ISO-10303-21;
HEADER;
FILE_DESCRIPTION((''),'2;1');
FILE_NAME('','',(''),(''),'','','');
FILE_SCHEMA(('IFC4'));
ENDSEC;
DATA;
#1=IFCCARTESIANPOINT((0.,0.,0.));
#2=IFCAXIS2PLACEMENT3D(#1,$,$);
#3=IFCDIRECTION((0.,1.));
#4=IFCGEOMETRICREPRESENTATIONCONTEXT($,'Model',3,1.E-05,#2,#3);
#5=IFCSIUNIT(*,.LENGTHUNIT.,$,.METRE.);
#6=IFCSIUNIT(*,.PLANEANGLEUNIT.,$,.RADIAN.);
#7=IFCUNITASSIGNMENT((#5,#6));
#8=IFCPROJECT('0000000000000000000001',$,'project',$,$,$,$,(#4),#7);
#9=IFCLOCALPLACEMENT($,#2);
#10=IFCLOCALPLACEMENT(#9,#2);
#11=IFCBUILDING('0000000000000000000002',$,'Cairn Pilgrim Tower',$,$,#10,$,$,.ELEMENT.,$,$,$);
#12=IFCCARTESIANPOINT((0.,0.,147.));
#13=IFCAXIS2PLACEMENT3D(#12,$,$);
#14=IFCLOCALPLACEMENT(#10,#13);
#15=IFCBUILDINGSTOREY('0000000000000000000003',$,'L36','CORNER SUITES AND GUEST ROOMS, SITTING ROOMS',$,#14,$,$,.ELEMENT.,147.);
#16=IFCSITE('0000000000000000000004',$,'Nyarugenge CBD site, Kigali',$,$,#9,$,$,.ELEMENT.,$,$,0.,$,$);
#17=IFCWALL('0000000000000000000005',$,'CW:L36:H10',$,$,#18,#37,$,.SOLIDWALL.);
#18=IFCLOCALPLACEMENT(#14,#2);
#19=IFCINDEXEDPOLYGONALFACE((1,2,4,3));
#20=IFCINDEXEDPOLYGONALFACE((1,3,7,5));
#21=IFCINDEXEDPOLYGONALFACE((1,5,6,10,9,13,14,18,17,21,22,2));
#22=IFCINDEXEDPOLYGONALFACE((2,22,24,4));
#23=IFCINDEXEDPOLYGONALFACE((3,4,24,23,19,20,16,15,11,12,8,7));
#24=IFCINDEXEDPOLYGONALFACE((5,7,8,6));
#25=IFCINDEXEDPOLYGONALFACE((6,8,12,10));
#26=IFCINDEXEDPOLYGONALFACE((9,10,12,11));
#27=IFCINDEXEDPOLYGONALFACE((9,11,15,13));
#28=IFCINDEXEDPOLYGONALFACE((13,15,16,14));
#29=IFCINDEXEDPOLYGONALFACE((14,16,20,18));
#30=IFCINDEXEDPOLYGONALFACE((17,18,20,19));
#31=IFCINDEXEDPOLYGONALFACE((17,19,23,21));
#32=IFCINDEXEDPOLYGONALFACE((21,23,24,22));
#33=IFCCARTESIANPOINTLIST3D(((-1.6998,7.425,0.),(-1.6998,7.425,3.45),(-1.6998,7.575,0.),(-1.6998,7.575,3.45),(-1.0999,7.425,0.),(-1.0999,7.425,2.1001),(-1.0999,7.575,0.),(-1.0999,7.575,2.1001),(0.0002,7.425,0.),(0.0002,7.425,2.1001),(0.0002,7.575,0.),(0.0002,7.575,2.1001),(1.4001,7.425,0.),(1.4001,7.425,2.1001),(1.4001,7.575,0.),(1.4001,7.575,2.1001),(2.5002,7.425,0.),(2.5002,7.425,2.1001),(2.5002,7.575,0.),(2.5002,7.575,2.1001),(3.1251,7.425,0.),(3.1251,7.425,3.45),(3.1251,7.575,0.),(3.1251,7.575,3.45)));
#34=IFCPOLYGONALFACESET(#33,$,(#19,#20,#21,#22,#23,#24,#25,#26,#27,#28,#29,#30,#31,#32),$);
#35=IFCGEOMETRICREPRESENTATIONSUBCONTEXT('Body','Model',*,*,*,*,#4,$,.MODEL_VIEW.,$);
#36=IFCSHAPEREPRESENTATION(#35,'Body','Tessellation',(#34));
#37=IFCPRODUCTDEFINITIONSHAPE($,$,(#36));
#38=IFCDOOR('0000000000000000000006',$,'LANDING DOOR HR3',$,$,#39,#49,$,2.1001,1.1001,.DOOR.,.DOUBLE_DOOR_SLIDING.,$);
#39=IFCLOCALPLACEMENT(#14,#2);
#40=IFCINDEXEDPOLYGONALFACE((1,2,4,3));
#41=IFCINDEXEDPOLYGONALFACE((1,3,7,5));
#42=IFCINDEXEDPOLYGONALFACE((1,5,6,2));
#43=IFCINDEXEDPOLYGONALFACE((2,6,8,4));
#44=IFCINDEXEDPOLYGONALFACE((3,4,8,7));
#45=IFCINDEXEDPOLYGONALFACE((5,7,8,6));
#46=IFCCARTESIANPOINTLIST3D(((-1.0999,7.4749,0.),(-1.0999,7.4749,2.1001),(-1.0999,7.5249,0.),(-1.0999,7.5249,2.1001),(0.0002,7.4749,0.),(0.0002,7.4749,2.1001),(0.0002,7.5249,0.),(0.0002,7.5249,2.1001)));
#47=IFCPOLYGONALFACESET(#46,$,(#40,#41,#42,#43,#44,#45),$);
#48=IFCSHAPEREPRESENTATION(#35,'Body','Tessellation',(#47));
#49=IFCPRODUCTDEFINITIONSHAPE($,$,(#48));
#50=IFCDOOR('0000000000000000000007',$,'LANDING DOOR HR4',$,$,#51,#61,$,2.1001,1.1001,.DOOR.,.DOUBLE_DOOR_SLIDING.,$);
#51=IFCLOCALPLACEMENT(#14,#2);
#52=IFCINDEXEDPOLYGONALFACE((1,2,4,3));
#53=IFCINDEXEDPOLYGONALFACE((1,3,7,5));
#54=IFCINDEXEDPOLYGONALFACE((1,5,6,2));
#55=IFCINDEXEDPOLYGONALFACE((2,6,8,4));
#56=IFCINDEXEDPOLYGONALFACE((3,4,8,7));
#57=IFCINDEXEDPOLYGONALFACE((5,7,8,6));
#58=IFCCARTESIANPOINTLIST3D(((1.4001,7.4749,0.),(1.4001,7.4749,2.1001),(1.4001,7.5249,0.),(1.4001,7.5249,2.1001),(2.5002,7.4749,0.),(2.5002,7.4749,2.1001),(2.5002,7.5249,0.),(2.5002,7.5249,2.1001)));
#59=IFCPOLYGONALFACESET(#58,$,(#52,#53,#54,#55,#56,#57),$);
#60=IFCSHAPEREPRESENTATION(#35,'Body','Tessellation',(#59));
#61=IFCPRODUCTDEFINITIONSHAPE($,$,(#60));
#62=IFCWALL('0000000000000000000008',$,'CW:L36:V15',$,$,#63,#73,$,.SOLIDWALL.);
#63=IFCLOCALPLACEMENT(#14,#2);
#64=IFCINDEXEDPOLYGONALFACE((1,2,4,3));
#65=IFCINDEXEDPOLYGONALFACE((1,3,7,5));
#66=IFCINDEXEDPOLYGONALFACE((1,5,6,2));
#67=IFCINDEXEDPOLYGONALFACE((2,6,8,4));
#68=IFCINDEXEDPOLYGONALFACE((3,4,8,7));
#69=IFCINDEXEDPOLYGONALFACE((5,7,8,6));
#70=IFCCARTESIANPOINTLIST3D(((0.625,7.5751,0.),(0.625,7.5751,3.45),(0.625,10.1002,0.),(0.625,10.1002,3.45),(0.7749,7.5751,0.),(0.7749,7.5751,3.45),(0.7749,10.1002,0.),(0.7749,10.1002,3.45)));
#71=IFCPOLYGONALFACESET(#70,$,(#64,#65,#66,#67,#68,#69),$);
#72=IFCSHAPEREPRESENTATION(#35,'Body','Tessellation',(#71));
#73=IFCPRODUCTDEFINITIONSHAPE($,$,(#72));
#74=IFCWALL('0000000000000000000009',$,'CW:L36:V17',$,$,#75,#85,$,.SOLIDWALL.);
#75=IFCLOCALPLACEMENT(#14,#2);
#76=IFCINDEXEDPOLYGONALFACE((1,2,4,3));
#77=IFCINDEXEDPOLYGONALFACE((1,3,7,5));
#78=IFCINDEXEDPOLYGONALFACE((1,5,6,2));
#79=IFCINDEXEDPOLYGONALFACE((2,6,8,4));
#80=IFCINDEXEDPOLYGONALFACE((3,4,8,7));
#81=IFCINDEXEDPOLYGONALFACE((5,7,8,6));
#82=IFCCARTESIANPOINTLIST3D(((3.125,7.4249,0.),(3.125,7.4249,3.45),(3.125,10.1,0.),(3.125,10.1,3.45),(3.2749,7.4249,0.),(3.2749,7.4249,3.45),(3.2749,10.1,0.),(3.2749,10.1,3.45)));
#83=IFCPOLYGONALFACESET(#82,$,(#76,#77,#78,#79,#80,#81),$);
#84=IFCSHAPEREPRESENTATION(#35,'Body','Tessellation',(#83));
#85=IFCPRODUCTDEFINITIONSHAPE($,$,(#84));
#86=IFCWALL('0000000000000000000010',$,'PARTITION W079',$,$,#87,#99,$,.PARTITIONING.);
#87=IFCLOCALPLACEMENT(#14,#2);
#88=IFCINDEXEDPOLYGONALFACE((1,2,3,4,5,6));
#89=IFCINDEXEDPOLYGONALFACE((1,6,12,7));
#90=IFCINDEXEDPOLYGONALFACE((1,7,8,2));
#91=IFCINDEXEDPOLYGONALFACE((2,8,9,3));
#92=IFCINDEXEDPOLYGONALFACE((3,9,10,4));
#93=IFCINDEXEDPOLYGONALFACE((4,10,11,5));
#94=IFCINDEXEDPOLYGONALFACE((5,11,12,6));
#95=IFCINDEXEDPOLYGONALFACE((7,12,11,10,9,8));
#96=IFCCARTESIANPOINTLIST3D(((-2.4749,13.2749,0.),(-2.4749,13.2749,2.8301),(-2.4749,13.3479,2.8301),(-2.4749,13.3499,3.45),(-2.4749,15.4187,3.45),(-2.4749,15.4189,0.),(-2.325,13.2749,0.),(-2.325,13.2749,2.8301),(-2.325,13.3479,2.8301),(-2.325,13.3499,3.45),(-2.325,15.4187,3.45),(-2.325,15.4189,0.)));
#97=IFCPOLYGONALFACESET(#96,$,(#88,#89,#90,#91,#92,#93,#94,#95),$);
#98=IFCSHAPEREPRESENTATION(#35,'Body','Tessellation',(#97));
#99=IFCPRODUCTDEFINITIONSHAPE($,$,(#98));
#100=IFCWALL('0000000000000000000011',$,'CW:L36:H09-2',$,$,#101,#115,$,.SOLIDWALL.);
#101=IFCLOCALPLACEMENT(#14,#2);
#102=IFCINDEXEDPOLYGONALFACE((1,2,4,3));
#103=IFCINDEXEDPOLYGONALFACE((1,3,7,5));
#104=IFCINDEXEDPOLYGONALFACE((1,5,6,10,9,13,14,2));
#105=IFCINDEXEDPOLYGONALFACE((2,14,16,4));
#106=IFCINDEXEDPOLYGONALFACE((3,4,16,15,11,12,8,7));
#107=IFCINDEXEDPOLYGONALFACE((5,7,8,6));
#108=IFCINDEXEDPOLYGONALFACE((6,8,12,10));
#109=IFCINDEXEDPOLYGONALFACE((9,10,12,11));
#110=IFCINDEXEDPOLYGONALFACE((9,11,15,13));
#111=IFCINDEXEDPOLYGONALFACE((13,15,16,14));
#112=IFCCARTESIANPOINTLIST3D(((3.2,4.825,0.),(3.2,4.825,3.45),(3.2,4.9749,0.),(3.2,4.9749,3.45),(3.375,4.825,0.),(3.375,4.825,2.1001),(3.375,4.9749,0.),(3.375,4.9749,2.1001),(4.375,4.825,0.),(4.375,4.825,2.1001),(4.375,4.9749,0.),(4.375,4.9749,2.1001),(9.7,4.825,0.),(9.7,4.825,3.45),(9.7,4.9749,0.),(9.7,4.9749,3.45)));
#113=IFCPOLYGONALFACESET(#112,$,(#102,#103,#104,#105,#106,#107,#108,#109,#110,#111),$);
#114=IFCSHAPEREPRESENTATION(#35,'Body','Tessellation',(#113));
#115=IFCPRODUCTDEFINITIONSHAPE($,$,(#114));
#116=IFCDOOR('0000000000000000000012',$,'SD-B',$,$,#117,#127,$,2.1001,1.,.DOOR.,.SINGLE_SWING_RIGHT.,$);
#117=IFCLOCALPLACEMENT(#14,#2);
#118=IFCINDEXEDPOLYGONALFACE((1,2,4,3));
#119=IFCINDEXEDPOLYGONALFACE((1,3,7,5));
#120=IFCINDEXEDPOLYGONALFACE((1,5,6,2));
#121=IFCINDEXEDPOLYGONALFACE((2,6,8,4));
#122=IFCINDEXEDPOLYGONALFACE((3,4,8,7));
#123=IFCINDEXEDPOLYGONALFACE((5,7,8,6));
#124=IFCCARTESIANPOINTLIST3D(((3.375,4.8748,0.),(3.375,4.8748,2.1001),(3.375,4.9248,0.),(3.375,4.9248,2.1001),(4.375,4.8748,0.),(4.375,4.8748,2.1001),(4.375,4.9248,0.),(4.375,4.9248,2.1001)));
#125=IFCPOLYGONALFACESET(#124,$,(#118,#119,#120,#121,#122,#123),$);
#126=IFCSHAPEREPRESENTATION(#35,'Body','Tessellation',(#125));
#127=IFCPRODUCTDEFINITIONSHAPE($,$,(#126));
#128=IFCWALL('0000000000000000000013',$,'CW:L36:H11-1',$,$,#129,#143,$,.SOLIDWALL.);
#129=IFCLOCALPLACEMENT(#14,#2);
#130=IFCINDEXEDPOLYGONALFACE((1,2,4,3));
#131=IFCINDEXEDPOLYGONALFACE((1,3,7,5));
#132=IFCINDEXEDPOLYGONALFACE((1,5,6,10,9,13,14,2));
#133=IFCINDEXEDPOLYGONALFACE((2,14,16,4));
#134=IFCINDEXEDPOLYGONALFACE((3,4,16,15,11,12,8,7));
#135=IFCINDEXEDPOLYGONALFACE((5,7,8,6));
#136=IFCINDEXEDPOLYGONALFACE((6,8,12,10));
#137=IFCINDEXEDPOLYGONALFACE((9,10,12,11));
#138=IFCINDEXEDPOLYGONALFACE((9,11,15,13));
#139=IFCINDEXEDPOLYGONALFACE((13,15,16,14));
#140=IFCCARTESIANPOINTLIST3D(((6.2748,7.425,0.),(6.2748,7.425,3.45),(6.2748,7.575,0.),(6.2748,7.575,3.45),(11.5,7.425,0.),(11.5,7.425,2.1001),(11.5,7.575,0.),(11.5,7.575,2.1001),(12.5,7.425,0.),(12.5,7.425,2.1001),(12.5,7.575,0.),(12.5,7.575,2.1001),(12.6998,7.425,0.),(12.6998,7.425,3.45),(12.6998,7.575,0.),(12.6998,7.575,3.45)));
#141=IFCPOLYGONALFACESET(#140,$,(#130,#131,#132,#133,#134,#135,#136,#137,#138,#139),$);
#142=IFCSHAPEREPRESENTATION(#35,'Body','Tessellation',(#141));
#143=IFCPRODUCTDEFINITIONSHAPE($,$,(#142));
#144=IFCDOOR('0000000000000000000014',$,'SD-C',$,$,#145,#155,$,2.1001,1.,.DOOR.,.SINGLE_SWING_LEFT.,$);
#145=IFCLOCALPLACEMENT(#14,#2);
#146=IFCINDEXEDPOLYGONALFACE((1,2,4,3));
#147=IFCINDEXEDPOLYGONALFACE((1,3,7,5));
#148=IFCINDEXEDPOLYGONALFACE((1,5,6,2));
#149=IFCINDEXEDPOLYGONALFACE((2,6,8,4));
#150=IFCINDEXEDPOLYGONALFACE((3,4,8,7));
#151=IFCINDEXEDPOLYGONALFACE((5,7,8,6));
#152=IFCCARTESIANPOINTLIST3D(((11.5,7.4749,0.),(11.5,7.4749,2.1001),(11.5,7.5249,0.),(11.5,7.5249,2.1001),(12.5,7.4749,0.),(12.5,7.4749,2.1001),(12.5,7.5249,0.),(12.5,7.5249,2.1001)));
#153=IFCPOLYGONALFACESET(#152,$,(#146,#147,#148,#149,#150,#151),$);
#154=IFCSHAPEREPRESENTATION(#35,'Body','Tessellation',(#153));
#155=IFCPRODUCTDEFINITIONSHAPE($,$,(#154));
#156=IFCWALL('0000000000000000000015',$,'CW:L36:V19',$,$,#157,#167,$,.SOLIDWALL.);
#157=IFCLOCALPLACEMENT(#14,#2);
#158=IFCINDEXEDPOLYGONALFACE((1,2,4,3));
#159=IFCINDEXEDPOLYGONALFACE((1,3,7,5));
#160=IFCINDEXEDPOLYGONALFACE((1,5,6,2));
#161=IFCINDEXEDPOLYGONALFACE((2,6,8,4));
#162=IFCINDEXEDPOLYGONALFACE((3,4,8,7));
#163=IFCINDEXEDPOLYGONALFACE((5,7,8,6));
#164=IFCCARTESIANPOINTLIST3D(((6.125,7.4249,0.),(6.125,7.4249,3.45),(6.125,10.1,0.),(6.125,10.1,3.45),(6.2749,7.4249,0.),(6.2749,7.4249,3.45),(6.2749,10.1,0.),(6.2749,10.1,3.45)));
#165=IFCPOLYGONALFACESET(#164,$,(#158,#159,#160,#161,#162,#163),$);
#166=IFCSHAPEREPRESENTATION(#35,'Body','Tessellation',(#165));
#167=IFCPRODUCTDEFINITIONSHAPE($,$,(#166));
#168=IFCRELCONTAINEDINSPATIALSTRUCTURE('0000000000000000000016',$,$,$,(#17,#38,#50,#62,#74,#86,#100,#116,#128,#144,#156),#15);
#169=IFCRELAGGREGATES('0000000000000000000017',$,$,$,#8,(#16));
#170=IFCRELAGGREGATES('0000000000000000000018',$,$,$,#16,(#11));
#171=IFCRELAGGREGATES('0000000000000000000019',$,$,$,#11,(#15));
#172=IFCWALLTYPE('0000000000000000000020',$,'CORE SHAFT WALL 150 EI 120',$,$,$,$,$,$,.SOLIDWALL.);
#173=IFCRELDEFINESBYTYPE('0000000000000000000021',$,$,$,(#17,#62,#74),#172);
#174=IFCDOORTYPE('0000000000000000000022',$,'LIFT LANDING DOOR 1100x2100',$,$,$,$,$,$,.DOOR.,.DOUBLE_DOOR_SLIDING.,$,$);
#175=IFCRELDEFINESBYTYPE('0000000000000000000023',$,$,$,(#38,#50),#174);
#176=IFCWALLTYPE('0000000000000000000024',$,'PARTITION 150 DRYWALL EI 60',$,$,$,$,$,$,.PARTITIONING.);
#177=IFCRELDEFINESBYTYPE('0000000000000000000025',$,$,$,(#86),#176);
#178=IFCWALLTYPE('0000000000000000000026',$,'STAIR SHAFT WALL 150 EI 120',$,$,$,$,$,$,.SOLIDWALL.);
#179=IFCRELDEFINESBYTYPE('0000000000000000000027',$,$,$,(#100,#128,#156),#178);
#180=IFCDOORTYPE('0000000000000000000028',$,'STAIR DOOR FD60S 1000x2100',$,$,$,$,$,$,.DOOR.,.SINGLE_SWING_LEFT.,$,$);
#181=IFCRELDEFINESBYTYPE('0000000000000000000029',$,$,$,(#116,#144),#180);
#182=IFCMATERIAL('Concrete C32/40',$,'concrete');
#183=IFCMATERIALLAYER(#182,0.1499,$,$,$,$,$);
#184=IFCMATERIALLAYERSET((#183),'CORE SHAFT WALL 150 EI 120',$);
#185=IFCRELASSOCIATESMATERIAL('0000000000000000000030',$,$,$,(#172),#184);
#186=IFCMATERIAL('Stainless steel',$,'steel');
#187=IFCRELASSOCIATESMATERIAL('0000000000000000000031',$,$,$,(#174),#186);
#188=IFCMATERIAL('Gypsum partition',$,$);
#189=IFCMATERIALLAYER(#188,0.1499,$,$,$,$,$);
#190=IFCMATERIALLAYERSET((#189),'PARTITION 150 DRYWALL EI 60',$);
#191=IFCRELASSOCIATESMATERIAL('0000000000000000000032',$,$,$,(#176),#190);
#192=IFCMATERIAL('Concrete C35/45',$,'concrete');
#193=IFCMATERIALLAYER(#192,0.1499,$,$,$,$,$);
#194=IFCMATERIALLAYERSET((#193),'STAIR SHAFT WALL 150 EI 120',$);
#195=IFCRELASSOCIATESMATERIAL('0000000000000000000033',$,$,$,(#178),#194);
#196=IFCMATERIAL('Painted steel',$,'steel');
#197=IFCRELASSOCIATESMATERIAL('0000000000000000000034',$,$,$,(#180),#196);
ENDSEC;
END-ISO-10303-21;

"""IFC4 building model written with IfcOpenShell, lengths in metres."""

from ifc_helpers import new_model, si_unit, direction, frame, frame_2d, origin, place, context, subcontext, project, spatial, polyline, rectangle, outline, extrude, material, layer, layer_set, type_object, element, fill, save


model = new_model("IFC4")

# Units and contexts
model_context = context("Model", 3, precision=1e-05, world=origin(), true_north=direction((0.0, 1.0)))
body_context = subcontext(model_context, "Body", "Model", "MODEL_VIEW")
ifc_project = project(units=[si_unit("LENGTHUNIT", "METRE"), si_unit("PLANEANGLEUNIT", "RADIAN")], contexts=[model_context])

# Site, building, storey
site_placement = place(None, origin())
site = spatial("IfcSite", under=ifc_project, at=site_placement, Name="Nyarugenge CBD site, Kigali", CompositionType="ELEMENT", RefElevation=0.0)
building_placement = place(site_placement, origin())
building = spatial("IfcBuilding", under=site, at=building_placement, Name="Cairn Pilgrim Tower", CompositionType="ELEMENT")
storey_placement = place(building_placement, frame((0.0, 0.0, 147.0)))
storey = spatial("IfcBuildingStorey", under=building, at=storey_placement, Name="L36", Description="CORNER SUITES AND GUEST ROOMS, SITTING ROOMS", CompositionType="ELEMENT", Elevation=147.0)

# Shared definitions
ifc_material_1 = material(Name="Concrete C32/40", Category="concrete")

# Wall, openings, doors
ifc_layer_1 = layer(ifc_material_1, 0.1499)
ifc_layer_set_1 = layer_set([ifc_layer_1], Name="CORE SHAFT WALL 150 EI 120")
wall_type_1 = type_object("IfcWallType", Name="CORE SHAFT WALL 150 EI 120", PredefinedType="SOLIDWALL", material=ifc_layer_set_1)
ifc_material_2 = material(Name="Stainless steel", Category="steel")
door_type_1 = type_object("IfcDoorType", Name="LIFT LANDING DOOR 1100x2100", OperationType="DOUBLE_DOOR_SLIDING", PredefinedType="DOOR", material=ifc_material_2)
wall_1_placement = place(storey_placement, frame((-1.7, 7.5, 0.0), z_axis=(0.0, 0.0, 1.0), x_axis=(1.0, 0.0, 0.0)))
wall_1 = element("IfcWall", 1, at=wall_1_placement, inside=storey, type_object=wall_type_1, Name="CW:L36:H10", PredefinedType="SOLIDWALL", context=body_context, shape_type="SweptSolid", body=[
    extrude(rectangle(XDim=4.825, YDim=0.1499, at=frame_2d((2.4126, 0.0))), origin(), (0.0, 0.0, 1.0), 3.45),
])
opening_1_placement = place(wall_1_placement, frame((0.6001, 0.0, 0.0)))
opening_1 = element("IfcOpeningElement", 2, at=opening_1_placement, cuts=wall_1, PredefinedType="OPENING", context=body_context, shape_type="SweptSolid", body=[
    extrude(rectangle(XDim=1.1001, YDim=2.1001, at=frame_2d((0.55, 1.05))), frame((0.0, 0.085, 0.0), z_axis=(0.0, -1.0, 0.0), x_axis=(1.0, 0.0, 0.0)), (0.0, 0.0, 1.0), 0.1699),
])
opening_2_placement = place(wall_1_placement, frame((3.1001, 0.0, 0.0)))
opening_2 = element("IfcOpeningElement", 3, at=opening_2_placement, cuts=wall_1, PredefinedType="OPENING", context=body_context, shape_type="SweptSolid", body=[
    extrude(rectangle(XDim=1.1001, YDim=2.1001, at=frame_2d((0.55, 1.05))), frame((0.0, 0.085, 0.0), z_axis=(0.0, -1.0, 0.0), x_axis=(1.0, 0.0, 0.0)), (0.0, 0.0, 1.0), 0.1699),
])
door_1_placement = place(opening_1_placement, origin())
door_1 = element("IfcDoor", 4, at=door_1_placement, inside=storey, type_object=door_type_1, Name="LANDING DOOR HR3", OperationType="DOUBLE_DOOR_SLIDING", OverallHeight=2.1001, OverallWidth=1.1001, PredefinedType="DOOR", context=body_context, shape_type="SweptSolid", body=[
    extrude(rectangle(XDim=1.1001, YDim=2.1001, at=frame_2d((0.55, 1.05))), frame((0.0, 0.0249, 0.0), z_axis=(0.0, -1.0, 0.0), x_axis=(1.0, 0.0, 0.0)), (0.0, 0.0, 1.0), 0.05),
])
fill(opening_1, door_1)
door_2_placement = place(opening_2_placement, origin())
door_2 = element("IfcDoor", 5, at=door_2_placement, inside=storey, type_object=door_type_1, Name="LANDING DOOR HR4", OperationType="DOUBLE_DOOR_SLIDING", OverallHeight=2.1001, OverallWidth=1.1001, PredefinedType="DOOR", context=body_context, shape_type="SweptSolid", body=[
    extrude(rectangle(XDim=1.1001, YDim=2.1001, at=frame_2d((0.55, 1.05))), frame((0.0, 0.0249, 0.0), z_axis=(0.0, -1.0, 0.0), x_axis=(1.0, 0.0, 0.0)), (0.0, 0.0, 1.0), 0.05),
])
fill(opening_2, door_2)

# Walls
wall_2_placement = place(storey_placement, frame((0.7, 7.575, 0.0), z_axis=(0.0, 0.0, 1.0), x_axis=(0.0, 1.0, 0.0)))
element("IfcWall", 6, at=wall_2_placement, inside=storey, type_object=wall_type_1, Name="CW:L36:V15", PredefinedType="SOLIDWALL", context=body_context, shape_type="SweptSolid", body=[
    extrude(rectangle(XDim=2.5251, YDim=0.1499, at=frame_2d((1.2627, 0.0))), origin(), (0.0, 0.0, 1.0), 3.45),
])
wall_3_placement = place(storey_placement, frame((3.2, 7.425, 0.0), z_axis=(0.0, 0.0, 1.0), x_axis=(0.0, 1.0, 0.0)))
element("IfcWall", 7, at=wall_3_placement, inside=storey, type_object=wall_type_1, Name="CW:L36:V17", PredefinedType="SOLIDWALL", context=body_context, shape_type="SweptSolid", body=[
    extrude(rectangle(XDim=2.675, YDim=0.1499, at=frame_2d((1.3374, 0.0))), origin(), (0.0, 0.0, 1.0), 3.45),
])
ifc_material_3 = material(Name="Gypsum partition")
ifc_layer_2 = layer(ifc_material_3, 0.1499)
ifc_layer_set_2 = layer_set([ifc_layer_2], Name="PARTITION 150 DRYWALL EI 60")
wall_type_2 = type_object("IfcWallType", Name="PARTITION 150 DRYWALL EI 60", PredefinedType="PARTITIONING", material=ifc_layer_set_2)
wall_4_placement = place(storey_placement, frame((-2.3999, 13.2749, 0.0), z_axis=(0.0, 0.0, 1.0), x_axis=(0.0, 1.0, 0.0)))
element("IfcWall", 8, at=wall_4_placement, inside=storey, type_object=wall_type_2, Name="PARTITION W079", PredefinedType="PARTITIONING", context=body_context, shape_type="SweptSolid", body=[
    extrude(outline(polyline([(0.0, 0.0), (2.144, 0.0), (2.1438, 3.45), (0.075, 3.45), (0.073, 2.8301), (0.0, 2.8301), (0.0, 0.0)])), frame((0.0, 0.075, 0.0), z_axis=(0.0, -1.0, 0.0), x_axis=(1.0, 0.0, 0.0)), (0.0, 0.0, 1.0), 0.1499),
])

# Walls, openings, doors
ifc_material_4 = material(Name="Concrete C35/45", Category="concrete")
ifc_layer_3 = layer(ifc_material_4, 0.1499)
ifc_layer_set_3 = layer_set([ifc_layer_3], Name="STAIR SHAFT WALL 150 EI 120")
wall_type_3 = type_object("IfcWallType", Name="STAIR SHAFT WALL 150 EI 120", PredefinedType="SOLIDWALL", material=ifc_layer_set_3)
wall_5_placement = place(storey_placement, frame((3.2, 4.8999, 0.0), z_axis=(0.0, 0.0, 1.0), x_axis=(1.0, 0.0, 0.0)))
wall_5 = element("IfcWall", 9, at=wall_5_placement, inside=storey, type_object=wall_type_3, Name="CW:L36:H09-2", PredefinedType="SOLIDWALL", context=body_context, shape_type="SweptSolid", body=[
    extrude(rectangle(XDim=6.5, YDim=0.1499, at=frame_2d((3.25, 0.0))), origin(), (0.0, 0.0, 1.0), 3.45),
])
opening_3_placement = place(wall_5_placement, frame((0.175, 0.0, 0.0)))
opening_3 = element("IfcOpeningElement", 10, at=opening_3_placement, cuts=wall_5, PredefinedType="OPENING", context=body_context, shape_type="SweptSolid", body=[
    extrude(rectangle(XDim=1.0, YDim=2.1001, at=frame_2d((0.5, 1.05))), frame((0.0, 0.085, 0.0), z_axis=(0.0, -1.0, 0.0), x_axis=(1.0, 0.0, 0.0)), (0.0, 0.0, 1.0), 0.1699),
])
ifc_material_5 = material(Name="Painted steel", Category="steel")
door_type_2 = type_object("IfcDoorType", Name="STAIR DOOR FD60S 1000x2100", OperationType="SINGLE_SWING_LEFT", PredefinedType="DOOR", material=ifc_material_5)
door_3_placement = place(opening_3_placement, origin())
door_3 = element("IfcDoor", 11, at=door_3_placement, inside=storey, type_object=door_type_2, Name="SD-B", OperationType="SINGLE_SWING_RIGHT", OverallHeight=2.1001, OverallWidth=1.0, PredefinedType="DOOR", context=body_context, shape_type="SweptSolid", body=[
    extrude(rectangle(XDim=1.0, YDim=2.1001, at=frame_2d((0.5, 1.05))), frame((0.0, 0.0249, 0.0), z_axis=(0.0, -1.0, 0.0), x_axis=(1.0, 0.0, 0.0)), (0.0, 0.0, 1.0), 0.05),
])
fill(opening_3, door_3)
wall_6_placement = place(storey_placement, frame((6.2749, 7.5, 0.0), z_axis=(0.0, 0.0, 1.0), x_axis=(1.0, 0.0, 0.0)))
wall_6 = element("IfcWall", 12, at=wall_6_placement, inside=storey, type_object=wall_type_3, Name="CW:L36:H11-1", PredefinedType="SOLIDWALL", context=body_context, shape_type="SweptSolid", body=[
    extrude(rectangle(XDim=6.425, YDim=0.1499, at=frame_2d((3.2124, 0.0))), origin(), (0.0, 0.0, 1.0), 3.45),
])
opening_4_placement = place(wall_6_placement, frame((5.2251, 0.0, 0.0)))
opening_4 = element("IfcOpeningElement", 13, at=opening_4_placement, cuts=wall_6, PredefinedType="OPENING", context=body_context, shape_type="SweptSolid", body=[
    extrude(rectangle(XDim=1.0, YDim=2.1001, at=frame_2d((0.5, 1.05))), frame((0.0, 0.085, 0.0), z_axis=(0.0, -1.0, 0.0), x_axis=(1.0, 0.0, 0.0)), (0.0, 0.0, 1.0), 0.1699),
])
door_4_placement = place(opening_4_placement, origin())
door_4 = element("IfcDoor", 14, at=door_4_placement, inside=storey, type_object=door_type_2, Name="SD-C", OperationType="SINGLE_SWING_LEFT", OverallHeight=2.1001, OverallWidth=1.0, PredefinedType="DOOR", context=body_context, shape_type="SweptSolid", body=[
    extrude(rectangle(XDim=1.0, YDim=2.1001, at=frame_2d((0.5, 1.05))), frame((0.0, 0.0249, 0.0), z_axis=(0.0, -1.0, 0.0), x_axis=(1.0, 0.0, 0.0)), (0.0, 0.0, 1.0), 0.05),
])
fill(opening_4, door_4)

# Wall
wall_7_placement = place(storey_placement, frame((6.2, 7.425, 0.0), z_axis=(0.0, 0.0, 1.0), x_axis=(0.0, 1.0, 0.0)))
element("IfcWall", 15, at=wall_7_placement, inside=storey, type_object=wall_type_3, Name="CW:L36:V19", PredefinedType="SOLIDWALL", context=body_context, shape_type="SweptSolid", body=[
    extrude(rectangle(XDim=2.675, YDim=0.1499, at=frame_2d((1.3374, 0.0))), origin(), (0.0, 0.0, 1.0), 3.45),
])

save(model, "model.ifc")
